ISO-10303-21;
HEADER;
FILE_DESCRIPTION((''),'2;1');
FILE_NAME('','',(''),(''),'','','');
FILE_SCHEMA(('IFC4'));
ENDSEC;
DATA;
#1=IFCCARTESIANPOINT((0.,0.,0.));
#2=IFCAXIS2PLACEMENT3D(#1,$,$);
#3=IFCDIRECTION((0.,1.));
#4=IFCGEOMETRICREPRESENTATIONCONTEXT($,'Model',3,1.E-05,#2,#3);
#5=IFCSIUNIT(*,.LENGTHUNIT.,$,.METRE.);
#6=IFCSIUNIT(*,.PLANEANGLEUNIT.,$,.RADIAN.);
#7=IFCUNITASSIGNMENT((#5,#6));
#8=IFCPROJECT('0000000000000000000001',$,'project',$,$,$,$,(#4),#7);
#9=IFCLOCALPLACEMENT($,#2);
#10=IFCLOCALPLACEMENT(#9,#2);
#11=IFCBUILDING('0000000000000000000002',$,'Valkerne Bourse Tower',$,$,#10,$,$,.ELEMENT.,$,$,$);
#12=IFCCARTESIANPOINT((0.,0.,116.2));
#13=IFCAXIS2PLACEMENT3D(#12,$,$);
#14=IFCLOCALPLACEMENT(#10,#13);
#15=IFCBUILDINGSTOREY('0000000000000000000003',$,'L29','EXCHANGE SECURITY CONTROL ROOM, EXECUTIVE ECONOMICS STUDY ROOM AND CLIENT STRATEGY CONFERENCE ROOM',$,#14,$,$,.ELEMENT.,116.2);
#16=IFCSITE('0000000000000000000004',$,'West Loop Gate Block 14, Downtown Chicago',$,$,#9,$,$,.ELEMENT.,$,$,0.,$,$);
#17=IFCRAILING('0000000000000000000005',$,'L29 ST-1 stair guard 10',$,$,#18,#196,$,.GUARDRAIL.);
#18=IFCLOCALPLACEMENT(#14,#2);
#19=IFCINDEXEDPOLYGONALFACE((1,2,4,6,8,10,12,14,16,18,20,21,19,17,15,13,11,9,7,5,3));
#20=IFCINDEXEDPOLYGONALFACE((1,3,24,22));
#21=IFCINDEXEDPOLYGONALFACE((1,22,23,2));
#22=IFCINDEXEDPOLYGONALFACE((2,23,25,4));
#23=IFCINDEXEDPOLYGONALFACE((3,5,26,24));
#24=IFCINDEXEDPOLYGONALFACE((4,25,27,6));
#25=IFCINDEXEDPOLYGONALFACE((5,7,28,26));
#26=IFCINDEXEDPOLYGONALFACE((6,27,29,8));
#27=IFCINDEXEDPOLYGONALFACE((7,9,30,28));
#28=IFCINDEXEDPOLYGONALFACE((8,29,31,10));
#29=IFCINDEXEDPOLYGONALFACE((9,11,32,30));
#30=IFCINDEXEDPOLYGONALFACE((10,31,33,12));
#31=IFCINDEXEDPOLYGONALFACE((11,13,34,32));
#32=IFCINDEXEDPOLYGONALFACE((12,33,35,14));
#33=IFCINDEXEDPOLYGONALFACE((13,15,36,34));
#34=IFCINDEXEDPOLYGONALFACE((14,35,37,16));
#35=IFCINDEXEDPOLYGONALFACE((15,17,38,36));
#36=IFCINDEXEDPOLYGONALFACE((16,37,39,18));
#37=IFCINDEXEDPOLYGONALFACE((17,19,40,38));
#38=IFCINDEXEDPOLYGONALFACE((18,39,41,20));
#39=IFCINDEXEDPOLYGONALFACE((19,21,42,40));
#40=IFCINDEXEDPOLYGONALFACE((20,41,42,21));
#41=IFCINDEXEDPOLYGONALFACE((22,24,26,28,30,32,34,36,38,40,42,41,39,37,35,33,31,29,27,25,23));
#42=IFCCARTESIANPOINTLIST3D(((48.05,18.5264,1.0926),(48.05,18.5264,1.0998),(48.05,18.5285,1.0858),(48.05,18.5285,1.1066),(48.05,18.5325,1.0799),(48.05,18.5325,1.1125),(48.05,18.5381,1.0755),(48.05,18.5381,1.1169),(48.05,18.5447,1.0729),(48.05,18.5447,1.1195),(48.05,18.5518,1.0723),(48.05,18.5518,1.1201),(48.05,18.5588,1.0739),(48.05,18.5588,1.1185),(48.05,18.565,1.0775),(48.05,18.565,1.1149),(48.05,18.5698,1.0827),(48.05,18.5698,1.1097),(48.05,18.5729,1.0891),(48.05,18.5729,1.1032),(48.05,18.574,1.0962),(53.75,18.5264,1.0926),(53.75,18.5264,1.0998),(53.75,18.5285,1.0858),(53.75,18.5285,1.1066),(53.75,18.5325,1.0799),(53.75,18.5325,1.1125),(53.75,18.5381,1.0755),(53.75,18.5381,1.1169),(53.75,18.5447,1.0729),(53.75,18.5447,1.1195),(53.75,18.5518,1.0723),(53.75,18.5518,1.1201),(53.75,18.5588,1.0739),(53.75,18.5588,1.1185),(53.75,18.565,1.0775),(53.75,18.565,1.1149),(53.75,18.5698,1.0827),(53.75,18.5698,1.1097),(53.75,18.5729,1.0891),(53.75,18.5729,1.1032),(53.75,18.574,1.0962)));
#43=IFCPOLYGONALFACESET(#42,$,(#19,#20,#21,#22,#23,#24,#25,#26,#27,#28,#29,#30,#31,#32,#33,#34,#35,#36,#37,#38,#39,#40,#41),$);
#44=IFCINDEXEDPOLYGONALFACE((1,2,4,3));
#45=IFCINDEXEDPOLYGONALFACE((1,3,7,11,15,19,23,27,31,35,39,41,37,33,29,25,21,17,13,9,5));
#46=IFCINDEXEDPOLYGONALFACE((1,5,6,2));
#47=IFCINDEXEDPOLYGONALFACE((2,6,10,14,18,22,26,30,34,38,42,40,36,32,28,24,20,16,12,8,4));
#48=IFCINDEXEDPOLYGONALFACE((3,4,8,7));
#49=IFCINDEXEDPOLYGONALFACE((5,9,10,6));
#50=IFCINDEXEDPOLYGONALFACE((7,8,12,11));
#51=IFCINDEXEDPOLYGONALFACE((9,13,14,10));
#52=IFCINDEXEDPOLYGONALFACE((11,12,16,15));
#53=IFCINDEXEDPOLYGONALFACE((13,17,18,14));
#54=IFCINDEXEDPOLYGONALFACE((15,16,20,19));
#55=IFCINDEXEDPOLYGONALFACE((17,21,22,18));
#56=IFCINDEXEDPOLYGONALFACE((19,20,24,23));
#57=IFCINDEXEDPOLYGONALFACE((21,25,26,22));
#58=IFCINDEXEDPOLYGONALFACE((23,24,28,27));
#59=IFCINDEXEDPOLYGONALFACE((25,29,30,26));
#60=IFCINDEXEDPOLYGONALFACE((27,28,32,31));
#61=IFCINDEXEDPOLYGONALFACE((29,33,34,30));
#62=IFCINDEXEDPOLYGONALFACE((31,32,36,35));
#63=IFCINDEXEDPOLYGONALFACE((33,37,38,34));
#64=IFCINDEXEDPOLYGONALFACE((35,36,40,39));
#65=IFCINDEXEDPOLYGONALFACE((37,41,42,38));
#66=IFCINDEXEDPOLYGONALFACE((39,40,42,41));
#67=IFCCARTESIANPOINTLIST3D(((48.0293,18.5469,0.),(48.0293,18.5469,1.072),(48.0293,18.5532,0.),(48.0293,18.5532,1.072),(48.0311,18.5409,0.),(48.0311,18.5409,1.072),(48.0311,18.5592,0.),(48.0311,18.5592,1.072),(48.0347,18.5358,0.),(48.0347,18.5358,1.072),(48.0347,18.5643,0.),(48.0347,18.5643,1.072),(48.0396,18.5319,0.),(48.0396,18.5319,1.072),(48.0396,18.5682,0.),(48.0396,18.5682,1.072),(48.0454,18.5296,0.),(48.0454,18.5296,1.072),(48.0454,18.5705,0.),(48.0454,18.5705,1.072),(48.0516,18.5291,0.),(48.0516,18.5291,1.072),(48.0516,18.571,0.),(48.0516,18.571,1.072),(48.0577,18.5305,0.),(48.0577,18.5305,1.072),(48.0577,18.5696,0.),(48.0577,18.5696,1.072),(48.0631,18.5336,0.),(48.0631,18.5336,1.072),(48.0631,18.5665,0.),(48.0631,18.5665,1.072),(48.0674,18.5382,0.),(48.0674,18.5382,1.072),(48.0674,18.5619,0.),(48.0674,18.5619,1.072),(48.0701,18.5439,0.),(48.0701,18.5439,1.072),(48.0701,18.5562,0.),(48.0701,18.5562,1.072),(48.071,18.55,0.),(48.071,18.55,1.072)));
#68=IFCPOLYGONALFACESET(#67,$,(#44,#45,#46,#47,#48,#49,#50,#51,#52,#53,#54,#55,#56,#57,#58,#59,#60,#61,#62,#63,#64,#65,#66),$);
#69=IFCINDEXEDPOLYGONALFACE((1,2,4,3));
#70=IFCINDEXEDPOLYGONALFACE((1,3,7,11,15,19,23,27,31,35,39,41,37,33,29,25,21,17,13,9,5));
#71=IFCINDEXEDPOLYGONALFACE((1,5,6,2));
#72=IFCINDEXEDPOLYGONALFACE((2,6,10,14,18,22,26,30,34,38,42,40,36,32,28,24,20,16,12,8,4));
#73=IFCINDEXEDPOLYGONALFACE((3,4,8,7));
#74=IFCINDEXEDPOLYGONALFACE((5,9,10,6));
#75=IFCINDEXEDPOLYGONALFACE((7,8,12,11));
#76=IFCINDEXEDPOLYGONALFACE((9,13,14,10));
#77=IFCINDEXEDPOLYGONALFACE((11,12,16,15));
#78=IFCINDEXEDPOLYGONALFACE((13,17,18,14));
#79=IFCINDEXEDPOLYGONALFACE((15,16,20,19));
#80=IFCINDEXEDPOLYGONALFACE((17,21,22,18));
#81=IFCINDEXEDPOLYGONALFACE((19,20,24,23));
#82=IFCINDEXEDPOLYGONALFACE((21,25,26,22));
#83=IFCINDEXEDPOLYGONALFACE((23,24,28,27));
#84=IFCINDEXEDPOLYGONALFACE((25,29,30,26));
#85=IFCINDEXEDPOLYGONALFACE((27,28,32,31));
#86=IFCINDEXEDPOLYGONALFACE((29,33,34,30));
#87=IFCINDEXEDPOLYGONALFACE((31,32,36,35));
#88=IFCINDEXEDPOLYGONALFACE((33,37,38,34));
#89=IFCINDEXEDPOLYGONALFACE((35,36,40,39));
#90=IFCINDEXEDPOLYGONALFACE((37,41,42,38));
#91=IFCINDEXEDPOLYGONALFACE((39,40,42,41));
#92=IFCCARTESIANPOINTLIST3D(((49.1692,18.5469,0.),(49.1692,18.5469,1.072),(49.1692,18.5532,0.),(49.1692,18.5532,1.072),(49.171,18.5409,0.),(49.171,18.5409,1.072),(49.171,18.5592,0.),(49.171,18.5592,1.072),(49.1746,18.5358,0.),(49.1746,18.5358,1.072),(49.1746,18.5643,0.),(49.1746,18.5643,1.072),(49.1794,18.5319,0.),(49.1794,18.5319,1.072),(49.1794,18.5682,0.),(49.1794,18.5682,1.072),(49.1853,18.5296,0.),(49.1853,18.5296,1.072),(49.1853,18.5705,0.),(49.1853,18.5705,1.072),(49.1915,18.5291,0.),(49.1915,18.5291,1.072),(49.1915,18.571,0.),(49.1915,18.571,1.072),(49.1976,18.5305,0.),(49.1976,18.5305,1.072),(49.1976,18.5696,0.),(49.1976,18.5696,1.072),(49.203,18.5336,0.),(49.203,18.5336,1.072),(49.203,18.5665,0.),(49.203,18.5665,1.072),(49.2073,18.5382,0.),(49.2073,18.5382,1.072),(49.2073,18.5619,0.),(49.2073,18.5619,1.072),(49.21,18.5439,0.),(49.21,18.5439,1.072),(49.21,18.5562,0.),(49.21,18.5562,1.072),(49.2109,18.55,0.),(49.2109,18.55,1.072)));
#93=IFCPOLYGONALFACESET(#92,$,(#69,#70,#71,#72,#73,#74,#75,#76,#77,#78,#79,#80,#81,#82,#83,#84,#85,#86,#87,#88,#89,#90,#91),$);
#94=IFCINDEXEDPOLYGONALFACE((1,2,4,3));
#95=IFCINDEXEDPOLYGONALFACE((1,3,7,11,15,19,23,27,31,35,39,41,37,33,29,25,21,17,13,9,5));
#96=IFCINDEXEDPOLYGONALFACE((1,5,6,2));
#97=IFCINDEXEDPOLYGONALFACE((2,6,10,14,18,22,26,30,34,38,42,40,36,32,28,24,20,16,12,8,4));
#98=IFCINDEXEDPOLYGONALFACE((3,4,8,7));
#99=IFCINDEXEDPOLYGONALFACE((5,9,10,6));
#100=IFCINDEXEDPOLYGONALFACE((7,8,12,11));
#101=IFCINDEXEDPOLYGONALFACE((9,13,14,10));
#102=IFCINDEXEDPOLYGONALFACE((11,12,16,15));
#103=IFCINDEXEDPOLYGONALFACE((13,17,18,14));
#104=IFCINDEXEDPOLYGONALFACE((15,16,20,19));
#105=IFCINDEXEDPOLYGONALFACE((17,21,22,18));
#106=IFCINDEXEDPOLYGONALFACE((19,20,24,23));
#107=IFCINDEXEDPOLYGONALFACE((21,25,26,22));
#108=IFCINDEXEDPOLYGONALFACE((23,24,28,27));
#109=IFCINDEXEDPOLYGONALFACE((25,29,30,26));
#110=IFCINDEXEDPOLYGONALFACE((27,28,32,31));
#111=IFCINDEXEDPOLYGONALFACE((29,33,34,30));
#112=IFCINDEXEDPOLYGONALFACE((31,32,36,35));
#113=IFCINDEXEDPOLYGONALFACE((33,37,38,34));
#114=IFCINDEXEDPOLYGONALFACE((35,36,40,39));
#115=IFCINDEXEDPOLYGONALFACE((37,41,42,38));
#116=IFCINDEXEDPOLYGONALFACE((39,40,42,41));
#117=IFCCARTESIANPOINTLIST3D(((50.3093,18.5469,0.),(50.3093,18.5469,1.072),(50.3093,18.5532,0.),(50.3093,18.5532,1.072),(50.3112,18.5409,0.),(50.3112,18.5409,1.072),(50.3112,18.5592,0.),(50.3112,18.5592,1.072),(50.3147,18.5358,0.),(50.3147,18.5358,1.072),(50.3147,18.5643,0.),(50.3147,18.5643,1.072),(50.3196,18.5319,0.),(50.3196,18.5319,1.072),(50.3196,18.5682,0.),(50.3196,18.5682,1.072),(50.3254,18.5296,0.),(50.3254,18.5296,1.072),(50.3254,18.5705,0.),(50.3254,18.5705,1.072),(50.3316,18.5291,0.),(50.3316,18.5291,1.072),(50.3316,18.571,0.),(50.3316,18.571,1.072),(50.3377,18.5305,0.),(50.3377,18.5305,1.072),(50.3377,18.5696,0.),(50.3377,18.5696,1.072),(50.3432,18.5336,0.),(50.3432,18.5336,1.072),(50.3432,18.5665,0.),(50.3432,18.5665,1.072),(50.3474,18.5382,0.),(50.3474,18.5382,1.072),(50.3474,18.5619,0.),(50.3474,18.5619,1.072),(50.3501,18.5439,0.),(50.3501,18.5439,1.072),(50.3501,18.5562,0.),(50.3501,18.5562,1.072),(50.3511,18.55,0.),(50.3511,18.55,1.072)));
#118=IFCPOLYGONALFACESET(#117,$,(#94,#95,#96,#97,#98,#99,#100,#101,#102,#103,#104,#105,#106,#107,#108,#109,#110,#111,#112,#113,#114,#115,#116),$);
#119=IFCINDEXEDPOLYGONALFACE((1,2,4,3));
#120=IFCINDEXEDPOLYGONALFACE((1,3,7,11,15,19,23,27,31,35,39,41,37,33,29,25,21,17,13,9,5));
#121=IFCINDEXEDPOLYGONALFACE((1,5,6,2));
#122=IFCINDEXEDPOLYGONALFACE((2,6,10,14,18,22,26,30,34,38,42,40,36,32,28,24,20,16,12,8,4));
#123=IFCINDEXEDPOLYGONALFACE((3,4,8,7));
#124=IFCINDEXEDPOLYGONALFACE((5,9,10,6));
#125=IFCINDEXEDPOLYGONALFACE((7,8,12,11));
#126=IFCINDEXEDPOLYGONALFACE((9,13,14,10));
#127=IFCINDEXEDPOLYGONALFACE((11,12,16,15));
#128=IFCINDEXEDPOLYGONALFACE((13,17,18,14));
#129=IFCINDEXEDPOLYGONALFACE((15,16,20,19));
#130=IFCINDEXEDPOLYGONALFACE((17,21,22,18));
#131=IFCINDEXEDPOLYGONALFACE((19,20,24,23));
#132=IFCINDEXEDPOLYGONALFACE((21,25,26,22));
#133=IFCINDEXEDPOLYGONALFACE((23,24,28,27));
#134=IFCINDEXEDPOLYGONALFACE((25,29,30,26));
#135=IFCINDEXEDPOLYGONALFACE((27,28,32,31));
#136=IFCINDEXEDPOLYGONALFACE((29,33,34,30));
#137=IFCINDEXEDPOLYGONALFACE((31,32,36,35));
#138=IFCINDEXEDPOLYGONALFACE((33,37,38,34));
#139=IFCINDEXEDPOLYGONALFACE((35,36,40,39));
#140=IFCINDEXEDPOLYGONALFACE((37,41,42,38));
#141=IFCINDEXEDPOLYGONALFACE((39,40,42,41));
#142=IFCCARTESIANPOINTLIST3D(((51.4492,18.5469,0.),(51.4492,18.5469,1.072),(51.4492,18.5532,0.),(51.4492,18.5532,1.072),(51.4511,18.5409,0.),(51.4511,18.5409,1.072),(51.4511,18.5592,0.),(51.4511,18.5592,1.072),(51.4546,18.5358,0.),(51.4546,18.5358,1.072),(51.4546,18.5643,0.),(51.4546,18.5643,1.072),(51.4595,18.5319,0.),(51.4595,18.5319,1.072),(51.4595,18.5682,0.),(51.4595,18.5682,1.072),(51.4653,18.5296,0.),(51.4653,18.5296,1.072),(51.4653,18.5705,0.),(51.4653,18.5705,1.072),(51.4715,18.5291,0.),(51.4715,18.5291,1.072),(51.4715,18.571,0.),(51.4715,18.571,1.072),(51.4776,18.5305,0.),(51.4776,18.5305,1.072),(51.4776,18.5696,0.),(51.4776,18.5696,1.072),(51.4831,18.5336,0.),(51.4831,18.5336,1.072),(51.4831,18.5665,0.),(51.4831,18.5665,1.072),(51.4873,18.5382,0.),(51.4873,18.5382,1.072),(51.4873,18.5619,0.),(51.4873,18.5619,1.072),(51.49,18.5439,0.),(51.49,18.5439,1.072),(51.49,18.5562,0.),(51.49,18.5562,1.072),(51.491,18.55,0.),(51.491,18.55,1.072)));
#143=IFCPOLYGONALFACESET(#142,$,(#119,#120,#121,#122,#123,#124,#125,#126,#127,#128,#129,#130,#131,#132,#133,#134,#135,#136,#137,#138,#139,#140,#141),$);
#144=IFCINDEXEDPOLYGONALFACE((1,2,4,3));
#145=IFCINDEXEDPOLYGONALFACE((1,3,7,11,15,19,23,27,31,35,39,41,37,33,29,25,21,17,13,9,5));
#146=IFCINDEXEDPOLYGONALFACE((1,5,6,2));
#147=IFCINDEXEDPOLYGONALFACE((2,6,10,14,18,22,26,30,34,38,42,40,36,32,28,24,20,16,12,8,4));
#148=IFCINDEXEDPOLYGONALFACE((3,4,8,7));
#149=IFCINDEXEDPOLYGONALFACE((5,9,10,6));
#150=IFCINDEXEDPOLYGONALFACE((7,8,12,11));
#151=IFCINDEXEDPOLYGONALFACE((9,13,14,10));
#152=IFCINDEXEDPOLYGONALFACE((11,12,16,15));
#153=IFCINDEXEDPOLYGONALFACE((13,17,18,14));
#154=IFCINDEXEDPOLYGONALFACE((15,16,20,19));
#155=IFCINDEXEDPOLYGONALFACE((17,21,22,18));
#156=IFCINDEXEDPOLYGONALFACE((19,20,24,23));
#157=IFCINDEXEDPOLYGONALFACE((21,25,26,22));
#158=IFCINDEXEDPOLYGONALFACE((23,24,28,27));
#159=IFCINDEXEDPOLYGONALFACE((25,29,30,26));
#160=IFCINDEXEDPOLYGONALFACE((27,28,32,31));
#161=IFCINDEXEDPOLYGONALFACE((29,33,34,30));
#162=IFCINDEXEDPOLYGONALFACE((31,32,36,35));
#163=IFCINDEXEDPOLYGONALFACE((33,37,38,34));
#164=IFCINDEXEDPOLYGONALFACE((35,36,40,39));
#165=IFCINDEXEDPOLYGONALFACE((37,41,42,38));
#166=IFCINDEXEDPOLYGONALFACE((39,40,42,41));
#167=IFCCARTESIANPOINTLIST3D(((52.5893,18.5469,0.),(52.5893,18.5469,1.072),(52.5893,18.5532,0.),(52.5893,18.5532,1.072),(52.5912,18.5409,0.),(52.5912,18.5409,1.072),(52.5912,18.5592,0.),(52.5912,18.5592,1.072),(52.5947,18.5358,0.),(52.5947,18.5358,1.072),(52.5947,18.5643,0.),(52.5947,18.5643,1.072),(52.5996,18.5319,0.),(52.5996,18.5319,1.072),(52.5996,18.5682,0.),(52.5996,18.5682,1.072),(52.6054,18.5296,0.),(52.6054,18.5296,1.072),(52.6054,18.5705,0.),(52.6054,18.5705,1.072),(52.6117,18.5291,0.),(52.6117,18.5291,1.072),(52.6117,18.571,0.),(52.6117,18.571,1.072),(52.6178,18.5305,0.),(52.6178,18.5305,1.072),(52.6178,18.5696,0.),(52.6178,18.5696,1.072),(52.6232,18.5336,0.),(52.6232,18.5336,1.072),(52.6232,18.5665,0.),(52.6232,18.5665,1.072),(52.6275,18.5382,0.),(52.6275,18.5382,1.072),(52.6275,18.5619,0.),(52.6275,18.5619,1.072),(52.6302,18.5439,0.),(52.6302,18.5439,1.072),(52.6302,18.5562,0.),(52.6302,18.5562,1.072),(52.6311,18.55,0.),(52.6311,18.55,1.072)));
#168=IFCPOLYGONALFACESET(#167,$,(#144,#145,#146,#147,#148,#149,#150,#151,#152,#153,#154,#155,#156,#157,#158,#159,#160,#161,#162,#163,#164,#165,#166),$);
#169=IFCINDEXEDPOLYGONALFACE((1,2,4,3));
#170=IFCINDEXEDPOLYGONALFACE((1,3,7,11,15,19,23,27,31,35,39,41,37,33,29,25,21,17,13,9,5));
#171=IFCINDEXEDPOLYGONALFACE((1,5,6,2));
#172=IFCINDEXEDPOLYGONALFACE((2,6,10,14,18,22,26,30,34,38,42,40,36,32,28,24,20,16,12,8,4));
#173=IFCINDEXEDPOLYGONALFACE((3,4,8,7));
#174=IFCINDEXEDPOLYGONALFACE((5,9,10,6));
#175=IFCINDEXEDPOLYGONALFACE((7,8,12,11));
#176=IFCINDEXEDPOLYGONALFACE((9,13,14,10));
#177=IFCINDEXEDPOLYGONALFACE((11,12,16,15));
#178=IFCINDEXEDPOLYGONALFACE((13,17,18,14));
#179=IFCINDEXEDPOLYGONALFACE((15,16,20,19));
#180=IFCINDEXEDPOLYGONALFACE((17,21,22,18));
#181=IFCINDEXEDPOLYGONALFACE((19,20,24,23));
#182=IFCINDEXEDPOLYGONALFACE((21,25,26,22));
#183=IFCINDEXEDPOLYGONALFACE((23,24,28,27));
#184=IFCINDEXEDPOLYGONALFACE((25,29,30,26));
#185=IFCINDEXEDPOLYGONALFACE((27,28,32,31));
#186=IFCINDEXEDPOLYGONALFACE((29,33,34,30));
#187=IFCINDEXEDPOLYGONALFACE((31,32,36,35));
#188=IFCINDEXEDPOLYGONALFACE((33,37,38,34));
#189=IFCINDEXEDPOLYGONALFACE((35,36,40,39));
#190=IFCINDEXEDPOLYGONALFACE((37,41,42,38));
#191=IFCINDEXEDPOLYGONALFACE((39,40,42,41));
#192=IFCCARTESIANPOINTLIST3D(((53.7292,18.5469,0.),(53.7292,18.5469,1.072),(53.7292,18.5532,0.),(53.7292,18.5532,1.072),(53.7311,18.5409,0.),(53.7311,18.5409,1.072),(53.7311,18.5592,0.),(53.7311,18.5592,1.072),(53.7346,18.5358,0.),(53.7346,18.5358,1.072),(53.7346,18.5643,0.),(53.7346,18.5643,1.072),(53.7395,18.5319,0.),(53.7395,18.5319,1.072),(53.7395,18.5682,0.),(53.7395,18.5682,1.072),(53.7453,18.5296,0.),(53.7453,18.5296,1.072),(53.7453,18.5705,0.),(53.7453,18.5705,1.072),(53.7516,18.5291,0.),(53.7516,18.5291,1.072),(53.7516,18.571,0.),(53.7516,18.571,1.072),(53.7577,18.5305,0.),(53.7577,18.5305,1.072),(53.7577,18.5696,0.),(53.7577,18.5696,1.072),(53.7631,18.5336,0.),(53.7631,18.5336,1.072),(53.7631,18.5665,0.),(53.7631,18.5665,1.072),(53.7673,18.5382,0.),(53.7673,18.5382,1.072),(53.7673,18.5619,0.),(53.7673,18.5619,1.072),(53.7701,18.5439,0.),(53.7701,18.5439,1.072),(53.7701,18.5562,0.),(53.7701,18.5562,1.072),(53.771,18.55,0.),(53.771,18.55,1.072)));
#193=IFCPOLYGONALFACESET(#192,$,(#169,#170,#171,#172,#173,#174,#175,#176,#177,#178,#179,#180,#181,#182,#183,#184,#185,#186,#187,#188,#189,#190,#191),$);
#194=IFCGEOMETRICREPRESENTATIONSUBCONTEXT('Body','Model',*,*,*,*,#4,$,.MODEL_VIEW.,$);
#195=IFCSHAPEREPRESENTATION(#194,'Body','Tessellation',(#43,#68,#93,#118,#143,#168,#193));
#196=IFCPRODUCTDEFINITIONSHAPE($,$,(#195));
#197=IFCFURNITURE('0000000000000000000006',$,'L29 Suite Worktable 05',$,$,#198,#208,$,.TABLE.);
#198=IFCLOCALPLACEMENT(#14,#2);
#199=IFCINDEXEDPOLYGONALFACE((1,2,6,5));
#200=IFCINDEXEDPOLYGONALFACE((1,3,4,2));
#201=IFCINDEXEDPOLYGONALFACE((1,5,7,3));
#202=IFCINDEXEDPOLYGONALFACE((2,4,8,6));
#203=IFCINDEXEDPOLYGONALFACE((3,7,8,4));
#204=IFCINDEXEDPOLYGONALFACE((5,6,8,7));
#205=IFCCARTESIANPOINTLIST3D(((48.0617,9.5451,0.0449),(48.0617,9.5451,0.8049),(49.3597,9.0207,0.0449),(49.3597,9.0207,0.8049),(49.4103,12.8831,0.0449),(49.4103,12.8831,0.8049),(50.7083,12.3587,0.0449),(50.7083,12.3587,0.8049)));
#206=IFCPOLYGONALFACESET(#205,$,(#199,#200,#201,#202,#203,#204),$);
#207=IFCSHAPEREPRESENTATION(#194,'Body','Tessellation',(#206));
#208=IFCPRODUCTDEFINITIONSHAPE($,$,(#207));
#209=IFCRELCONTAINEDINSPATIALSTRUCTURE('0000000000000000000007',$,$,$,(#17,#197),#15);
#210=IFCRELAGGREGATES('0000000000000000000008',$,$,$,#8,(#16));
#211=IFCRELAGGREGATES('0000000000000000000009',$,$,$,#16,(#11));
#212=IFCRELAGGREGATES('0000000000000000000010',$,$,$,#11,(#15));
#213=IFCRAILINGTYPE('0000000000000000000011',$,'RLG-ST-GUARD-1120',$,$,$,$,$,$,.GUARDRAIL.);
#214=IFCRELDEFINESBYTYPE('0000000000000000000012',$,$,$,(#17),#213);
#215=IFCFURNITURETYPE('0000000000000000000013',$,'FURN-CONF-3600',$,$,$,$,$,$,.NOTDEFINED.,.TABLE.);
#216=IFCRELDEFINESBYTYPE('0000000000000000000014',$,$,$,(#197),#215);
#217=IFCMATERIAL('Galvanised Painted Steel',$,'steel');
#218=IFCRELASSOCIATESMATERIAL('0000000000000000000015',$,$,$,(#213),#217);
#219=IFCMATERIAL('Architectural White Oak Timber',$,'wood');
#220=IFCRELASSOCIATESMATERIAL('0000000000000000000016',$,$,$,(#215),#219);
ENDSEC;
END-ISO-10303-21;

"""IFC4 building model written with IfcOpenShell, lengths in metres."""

from ifc_helpers import new_model, si_unit, direction, frame, origin, origin_2d, place, context, subcontext, project, spatial, rectangle, circle, extrude, material, type_object, element, save


model = new_model("IFC4")

# Units and contexts
model_context = context("Model", 3, precision=1e-05, world=origin(), true_north=direction((0.0, 1.0)))
body_context = subcontext(model_context, "Body", "Model", "MODEL_VIEW")
ifc_project = project(units=[si_unit("LENGTHUNIT", "METRE"), si_unit("PLANEANGLEUNIT", "RADIAN")], contexts=[model_context])

# Site, building, storey
site_placement = place(None, origin())
site = spatial("IfcSite", under=ifc_project, at=site_placement, Name="West Loop Gate Block 14, Downtown Chicago", CompositionType="ELEMENT", RefElevation=0.0)
building_placement = place(site_placement, origin())
building = spatial("IfcBuilding", under=site, at=building_placement, Name="Valkerne Bourse Tower", CompositionType="ELEMENT")
storey_placement = place(building_placement, frame((0.0, 0.0, 116.2)))
storey = spatial("IfcBuildingStorey", under=building, at=storey_placement, Name="L29", Description="EXCHANGE SECURITY CONTROL ROOM, EXECUTIVE ECONOMICS STUDY ROOM AND CLIENT STRATEGY CONFERENCE ROOM", CompositionType="ELEMENT", Elevation=116.2)

# Railing
ifc_material_1 = material(Name="Galvanised Painted Steel", Category="steel")
railing_type = type_object("IfcRailingType", Name="RLG-ST-GUARD-1120", PredefinedType="GUARDRAIL", material=ifc_material_1)
railing_placement = place(storey_placement, frame((48.05, 18.55, 0.0)))
element("IfcRailing", 1, at=railing_placement, inside=storey, type_object=railing_type, Name="L29 ST-1 stair guard 10", PredefinedType="GUARDRAIL", context=body_context, shape_type="SweptSolid", body=[
    extrude(circle(Radius=0.0239, at=origin_2d()), frame((0.0, 0.0, 1.0962), z_axis=(1.0, 0.0, 0.0), x_axis=(0.0, 1.0, 0.0)), (0.0, 0.0, 1.0), 5.7),
    extrude(circle(Radius=0.021, at=origin_2d()), origin(), (0.0, 0.0, 1.0), 1.072),
    extrude(circle(Radius=0.021, at=origin_2d()), frame((1.1399, 0.0, 0.0)), (0.0, 0.0, 1.0), 1.072),
    extrude(circle(Radius=0.021, at=origin_2d()), frame((2.28, 0.0, 0.0)), (0.0, 0.0, 1.0), 1.072),
    extrude(circle(Radius=0.021, at=origin_2d()), frame((3.4199, 0.0, 0.0)), (0.0, 0.0, 1.0), 1.072),
    extrude(circle(Radius=0.021, at=origin_2d()), frame((4.5601, 0.0, 0.0)), (0.0, 0.0, 1.0), 1.072),
    extrude(circle(Radius=0.021, at=origin_2d()), frame((5.7, 0.0, 0.0)), (0.0, 0.0, 1.0), 1.072),
])

# Furniture
ifc_material_2 = material(Name="Architectural White Oak Timber", Category="wood")
furniture_type_1 = type_object("IfcFurnitureType", Name="FURN-CONF-3600", AssemblyPlace="NOTDEFINED", PredefinedType="TABLE", material=ifc_material_2)
furniture_1_placement = place(storey_placement, frame((49.385, 10.9519, 0.0449), z_axis=(0.0, 0.0, 1.0), x_axis=(0.374607, 0.927184, 0.0)))
element("IfcFurniture", 2, at=furniture_1_placement, inside=storey, type_object=furniture_type_1, Name="L29 Suite Worktable 05", PredefinedType="TABLE", context=body_context, shape_type="SweptSolid", body=[
    extrude(rectangle(XDim=3.6001, YDim=1.3999, at=origin_2d()), origin(), (0.0, 0.0, 1.0), 0.76),
])

save(model, "model.ifc")
